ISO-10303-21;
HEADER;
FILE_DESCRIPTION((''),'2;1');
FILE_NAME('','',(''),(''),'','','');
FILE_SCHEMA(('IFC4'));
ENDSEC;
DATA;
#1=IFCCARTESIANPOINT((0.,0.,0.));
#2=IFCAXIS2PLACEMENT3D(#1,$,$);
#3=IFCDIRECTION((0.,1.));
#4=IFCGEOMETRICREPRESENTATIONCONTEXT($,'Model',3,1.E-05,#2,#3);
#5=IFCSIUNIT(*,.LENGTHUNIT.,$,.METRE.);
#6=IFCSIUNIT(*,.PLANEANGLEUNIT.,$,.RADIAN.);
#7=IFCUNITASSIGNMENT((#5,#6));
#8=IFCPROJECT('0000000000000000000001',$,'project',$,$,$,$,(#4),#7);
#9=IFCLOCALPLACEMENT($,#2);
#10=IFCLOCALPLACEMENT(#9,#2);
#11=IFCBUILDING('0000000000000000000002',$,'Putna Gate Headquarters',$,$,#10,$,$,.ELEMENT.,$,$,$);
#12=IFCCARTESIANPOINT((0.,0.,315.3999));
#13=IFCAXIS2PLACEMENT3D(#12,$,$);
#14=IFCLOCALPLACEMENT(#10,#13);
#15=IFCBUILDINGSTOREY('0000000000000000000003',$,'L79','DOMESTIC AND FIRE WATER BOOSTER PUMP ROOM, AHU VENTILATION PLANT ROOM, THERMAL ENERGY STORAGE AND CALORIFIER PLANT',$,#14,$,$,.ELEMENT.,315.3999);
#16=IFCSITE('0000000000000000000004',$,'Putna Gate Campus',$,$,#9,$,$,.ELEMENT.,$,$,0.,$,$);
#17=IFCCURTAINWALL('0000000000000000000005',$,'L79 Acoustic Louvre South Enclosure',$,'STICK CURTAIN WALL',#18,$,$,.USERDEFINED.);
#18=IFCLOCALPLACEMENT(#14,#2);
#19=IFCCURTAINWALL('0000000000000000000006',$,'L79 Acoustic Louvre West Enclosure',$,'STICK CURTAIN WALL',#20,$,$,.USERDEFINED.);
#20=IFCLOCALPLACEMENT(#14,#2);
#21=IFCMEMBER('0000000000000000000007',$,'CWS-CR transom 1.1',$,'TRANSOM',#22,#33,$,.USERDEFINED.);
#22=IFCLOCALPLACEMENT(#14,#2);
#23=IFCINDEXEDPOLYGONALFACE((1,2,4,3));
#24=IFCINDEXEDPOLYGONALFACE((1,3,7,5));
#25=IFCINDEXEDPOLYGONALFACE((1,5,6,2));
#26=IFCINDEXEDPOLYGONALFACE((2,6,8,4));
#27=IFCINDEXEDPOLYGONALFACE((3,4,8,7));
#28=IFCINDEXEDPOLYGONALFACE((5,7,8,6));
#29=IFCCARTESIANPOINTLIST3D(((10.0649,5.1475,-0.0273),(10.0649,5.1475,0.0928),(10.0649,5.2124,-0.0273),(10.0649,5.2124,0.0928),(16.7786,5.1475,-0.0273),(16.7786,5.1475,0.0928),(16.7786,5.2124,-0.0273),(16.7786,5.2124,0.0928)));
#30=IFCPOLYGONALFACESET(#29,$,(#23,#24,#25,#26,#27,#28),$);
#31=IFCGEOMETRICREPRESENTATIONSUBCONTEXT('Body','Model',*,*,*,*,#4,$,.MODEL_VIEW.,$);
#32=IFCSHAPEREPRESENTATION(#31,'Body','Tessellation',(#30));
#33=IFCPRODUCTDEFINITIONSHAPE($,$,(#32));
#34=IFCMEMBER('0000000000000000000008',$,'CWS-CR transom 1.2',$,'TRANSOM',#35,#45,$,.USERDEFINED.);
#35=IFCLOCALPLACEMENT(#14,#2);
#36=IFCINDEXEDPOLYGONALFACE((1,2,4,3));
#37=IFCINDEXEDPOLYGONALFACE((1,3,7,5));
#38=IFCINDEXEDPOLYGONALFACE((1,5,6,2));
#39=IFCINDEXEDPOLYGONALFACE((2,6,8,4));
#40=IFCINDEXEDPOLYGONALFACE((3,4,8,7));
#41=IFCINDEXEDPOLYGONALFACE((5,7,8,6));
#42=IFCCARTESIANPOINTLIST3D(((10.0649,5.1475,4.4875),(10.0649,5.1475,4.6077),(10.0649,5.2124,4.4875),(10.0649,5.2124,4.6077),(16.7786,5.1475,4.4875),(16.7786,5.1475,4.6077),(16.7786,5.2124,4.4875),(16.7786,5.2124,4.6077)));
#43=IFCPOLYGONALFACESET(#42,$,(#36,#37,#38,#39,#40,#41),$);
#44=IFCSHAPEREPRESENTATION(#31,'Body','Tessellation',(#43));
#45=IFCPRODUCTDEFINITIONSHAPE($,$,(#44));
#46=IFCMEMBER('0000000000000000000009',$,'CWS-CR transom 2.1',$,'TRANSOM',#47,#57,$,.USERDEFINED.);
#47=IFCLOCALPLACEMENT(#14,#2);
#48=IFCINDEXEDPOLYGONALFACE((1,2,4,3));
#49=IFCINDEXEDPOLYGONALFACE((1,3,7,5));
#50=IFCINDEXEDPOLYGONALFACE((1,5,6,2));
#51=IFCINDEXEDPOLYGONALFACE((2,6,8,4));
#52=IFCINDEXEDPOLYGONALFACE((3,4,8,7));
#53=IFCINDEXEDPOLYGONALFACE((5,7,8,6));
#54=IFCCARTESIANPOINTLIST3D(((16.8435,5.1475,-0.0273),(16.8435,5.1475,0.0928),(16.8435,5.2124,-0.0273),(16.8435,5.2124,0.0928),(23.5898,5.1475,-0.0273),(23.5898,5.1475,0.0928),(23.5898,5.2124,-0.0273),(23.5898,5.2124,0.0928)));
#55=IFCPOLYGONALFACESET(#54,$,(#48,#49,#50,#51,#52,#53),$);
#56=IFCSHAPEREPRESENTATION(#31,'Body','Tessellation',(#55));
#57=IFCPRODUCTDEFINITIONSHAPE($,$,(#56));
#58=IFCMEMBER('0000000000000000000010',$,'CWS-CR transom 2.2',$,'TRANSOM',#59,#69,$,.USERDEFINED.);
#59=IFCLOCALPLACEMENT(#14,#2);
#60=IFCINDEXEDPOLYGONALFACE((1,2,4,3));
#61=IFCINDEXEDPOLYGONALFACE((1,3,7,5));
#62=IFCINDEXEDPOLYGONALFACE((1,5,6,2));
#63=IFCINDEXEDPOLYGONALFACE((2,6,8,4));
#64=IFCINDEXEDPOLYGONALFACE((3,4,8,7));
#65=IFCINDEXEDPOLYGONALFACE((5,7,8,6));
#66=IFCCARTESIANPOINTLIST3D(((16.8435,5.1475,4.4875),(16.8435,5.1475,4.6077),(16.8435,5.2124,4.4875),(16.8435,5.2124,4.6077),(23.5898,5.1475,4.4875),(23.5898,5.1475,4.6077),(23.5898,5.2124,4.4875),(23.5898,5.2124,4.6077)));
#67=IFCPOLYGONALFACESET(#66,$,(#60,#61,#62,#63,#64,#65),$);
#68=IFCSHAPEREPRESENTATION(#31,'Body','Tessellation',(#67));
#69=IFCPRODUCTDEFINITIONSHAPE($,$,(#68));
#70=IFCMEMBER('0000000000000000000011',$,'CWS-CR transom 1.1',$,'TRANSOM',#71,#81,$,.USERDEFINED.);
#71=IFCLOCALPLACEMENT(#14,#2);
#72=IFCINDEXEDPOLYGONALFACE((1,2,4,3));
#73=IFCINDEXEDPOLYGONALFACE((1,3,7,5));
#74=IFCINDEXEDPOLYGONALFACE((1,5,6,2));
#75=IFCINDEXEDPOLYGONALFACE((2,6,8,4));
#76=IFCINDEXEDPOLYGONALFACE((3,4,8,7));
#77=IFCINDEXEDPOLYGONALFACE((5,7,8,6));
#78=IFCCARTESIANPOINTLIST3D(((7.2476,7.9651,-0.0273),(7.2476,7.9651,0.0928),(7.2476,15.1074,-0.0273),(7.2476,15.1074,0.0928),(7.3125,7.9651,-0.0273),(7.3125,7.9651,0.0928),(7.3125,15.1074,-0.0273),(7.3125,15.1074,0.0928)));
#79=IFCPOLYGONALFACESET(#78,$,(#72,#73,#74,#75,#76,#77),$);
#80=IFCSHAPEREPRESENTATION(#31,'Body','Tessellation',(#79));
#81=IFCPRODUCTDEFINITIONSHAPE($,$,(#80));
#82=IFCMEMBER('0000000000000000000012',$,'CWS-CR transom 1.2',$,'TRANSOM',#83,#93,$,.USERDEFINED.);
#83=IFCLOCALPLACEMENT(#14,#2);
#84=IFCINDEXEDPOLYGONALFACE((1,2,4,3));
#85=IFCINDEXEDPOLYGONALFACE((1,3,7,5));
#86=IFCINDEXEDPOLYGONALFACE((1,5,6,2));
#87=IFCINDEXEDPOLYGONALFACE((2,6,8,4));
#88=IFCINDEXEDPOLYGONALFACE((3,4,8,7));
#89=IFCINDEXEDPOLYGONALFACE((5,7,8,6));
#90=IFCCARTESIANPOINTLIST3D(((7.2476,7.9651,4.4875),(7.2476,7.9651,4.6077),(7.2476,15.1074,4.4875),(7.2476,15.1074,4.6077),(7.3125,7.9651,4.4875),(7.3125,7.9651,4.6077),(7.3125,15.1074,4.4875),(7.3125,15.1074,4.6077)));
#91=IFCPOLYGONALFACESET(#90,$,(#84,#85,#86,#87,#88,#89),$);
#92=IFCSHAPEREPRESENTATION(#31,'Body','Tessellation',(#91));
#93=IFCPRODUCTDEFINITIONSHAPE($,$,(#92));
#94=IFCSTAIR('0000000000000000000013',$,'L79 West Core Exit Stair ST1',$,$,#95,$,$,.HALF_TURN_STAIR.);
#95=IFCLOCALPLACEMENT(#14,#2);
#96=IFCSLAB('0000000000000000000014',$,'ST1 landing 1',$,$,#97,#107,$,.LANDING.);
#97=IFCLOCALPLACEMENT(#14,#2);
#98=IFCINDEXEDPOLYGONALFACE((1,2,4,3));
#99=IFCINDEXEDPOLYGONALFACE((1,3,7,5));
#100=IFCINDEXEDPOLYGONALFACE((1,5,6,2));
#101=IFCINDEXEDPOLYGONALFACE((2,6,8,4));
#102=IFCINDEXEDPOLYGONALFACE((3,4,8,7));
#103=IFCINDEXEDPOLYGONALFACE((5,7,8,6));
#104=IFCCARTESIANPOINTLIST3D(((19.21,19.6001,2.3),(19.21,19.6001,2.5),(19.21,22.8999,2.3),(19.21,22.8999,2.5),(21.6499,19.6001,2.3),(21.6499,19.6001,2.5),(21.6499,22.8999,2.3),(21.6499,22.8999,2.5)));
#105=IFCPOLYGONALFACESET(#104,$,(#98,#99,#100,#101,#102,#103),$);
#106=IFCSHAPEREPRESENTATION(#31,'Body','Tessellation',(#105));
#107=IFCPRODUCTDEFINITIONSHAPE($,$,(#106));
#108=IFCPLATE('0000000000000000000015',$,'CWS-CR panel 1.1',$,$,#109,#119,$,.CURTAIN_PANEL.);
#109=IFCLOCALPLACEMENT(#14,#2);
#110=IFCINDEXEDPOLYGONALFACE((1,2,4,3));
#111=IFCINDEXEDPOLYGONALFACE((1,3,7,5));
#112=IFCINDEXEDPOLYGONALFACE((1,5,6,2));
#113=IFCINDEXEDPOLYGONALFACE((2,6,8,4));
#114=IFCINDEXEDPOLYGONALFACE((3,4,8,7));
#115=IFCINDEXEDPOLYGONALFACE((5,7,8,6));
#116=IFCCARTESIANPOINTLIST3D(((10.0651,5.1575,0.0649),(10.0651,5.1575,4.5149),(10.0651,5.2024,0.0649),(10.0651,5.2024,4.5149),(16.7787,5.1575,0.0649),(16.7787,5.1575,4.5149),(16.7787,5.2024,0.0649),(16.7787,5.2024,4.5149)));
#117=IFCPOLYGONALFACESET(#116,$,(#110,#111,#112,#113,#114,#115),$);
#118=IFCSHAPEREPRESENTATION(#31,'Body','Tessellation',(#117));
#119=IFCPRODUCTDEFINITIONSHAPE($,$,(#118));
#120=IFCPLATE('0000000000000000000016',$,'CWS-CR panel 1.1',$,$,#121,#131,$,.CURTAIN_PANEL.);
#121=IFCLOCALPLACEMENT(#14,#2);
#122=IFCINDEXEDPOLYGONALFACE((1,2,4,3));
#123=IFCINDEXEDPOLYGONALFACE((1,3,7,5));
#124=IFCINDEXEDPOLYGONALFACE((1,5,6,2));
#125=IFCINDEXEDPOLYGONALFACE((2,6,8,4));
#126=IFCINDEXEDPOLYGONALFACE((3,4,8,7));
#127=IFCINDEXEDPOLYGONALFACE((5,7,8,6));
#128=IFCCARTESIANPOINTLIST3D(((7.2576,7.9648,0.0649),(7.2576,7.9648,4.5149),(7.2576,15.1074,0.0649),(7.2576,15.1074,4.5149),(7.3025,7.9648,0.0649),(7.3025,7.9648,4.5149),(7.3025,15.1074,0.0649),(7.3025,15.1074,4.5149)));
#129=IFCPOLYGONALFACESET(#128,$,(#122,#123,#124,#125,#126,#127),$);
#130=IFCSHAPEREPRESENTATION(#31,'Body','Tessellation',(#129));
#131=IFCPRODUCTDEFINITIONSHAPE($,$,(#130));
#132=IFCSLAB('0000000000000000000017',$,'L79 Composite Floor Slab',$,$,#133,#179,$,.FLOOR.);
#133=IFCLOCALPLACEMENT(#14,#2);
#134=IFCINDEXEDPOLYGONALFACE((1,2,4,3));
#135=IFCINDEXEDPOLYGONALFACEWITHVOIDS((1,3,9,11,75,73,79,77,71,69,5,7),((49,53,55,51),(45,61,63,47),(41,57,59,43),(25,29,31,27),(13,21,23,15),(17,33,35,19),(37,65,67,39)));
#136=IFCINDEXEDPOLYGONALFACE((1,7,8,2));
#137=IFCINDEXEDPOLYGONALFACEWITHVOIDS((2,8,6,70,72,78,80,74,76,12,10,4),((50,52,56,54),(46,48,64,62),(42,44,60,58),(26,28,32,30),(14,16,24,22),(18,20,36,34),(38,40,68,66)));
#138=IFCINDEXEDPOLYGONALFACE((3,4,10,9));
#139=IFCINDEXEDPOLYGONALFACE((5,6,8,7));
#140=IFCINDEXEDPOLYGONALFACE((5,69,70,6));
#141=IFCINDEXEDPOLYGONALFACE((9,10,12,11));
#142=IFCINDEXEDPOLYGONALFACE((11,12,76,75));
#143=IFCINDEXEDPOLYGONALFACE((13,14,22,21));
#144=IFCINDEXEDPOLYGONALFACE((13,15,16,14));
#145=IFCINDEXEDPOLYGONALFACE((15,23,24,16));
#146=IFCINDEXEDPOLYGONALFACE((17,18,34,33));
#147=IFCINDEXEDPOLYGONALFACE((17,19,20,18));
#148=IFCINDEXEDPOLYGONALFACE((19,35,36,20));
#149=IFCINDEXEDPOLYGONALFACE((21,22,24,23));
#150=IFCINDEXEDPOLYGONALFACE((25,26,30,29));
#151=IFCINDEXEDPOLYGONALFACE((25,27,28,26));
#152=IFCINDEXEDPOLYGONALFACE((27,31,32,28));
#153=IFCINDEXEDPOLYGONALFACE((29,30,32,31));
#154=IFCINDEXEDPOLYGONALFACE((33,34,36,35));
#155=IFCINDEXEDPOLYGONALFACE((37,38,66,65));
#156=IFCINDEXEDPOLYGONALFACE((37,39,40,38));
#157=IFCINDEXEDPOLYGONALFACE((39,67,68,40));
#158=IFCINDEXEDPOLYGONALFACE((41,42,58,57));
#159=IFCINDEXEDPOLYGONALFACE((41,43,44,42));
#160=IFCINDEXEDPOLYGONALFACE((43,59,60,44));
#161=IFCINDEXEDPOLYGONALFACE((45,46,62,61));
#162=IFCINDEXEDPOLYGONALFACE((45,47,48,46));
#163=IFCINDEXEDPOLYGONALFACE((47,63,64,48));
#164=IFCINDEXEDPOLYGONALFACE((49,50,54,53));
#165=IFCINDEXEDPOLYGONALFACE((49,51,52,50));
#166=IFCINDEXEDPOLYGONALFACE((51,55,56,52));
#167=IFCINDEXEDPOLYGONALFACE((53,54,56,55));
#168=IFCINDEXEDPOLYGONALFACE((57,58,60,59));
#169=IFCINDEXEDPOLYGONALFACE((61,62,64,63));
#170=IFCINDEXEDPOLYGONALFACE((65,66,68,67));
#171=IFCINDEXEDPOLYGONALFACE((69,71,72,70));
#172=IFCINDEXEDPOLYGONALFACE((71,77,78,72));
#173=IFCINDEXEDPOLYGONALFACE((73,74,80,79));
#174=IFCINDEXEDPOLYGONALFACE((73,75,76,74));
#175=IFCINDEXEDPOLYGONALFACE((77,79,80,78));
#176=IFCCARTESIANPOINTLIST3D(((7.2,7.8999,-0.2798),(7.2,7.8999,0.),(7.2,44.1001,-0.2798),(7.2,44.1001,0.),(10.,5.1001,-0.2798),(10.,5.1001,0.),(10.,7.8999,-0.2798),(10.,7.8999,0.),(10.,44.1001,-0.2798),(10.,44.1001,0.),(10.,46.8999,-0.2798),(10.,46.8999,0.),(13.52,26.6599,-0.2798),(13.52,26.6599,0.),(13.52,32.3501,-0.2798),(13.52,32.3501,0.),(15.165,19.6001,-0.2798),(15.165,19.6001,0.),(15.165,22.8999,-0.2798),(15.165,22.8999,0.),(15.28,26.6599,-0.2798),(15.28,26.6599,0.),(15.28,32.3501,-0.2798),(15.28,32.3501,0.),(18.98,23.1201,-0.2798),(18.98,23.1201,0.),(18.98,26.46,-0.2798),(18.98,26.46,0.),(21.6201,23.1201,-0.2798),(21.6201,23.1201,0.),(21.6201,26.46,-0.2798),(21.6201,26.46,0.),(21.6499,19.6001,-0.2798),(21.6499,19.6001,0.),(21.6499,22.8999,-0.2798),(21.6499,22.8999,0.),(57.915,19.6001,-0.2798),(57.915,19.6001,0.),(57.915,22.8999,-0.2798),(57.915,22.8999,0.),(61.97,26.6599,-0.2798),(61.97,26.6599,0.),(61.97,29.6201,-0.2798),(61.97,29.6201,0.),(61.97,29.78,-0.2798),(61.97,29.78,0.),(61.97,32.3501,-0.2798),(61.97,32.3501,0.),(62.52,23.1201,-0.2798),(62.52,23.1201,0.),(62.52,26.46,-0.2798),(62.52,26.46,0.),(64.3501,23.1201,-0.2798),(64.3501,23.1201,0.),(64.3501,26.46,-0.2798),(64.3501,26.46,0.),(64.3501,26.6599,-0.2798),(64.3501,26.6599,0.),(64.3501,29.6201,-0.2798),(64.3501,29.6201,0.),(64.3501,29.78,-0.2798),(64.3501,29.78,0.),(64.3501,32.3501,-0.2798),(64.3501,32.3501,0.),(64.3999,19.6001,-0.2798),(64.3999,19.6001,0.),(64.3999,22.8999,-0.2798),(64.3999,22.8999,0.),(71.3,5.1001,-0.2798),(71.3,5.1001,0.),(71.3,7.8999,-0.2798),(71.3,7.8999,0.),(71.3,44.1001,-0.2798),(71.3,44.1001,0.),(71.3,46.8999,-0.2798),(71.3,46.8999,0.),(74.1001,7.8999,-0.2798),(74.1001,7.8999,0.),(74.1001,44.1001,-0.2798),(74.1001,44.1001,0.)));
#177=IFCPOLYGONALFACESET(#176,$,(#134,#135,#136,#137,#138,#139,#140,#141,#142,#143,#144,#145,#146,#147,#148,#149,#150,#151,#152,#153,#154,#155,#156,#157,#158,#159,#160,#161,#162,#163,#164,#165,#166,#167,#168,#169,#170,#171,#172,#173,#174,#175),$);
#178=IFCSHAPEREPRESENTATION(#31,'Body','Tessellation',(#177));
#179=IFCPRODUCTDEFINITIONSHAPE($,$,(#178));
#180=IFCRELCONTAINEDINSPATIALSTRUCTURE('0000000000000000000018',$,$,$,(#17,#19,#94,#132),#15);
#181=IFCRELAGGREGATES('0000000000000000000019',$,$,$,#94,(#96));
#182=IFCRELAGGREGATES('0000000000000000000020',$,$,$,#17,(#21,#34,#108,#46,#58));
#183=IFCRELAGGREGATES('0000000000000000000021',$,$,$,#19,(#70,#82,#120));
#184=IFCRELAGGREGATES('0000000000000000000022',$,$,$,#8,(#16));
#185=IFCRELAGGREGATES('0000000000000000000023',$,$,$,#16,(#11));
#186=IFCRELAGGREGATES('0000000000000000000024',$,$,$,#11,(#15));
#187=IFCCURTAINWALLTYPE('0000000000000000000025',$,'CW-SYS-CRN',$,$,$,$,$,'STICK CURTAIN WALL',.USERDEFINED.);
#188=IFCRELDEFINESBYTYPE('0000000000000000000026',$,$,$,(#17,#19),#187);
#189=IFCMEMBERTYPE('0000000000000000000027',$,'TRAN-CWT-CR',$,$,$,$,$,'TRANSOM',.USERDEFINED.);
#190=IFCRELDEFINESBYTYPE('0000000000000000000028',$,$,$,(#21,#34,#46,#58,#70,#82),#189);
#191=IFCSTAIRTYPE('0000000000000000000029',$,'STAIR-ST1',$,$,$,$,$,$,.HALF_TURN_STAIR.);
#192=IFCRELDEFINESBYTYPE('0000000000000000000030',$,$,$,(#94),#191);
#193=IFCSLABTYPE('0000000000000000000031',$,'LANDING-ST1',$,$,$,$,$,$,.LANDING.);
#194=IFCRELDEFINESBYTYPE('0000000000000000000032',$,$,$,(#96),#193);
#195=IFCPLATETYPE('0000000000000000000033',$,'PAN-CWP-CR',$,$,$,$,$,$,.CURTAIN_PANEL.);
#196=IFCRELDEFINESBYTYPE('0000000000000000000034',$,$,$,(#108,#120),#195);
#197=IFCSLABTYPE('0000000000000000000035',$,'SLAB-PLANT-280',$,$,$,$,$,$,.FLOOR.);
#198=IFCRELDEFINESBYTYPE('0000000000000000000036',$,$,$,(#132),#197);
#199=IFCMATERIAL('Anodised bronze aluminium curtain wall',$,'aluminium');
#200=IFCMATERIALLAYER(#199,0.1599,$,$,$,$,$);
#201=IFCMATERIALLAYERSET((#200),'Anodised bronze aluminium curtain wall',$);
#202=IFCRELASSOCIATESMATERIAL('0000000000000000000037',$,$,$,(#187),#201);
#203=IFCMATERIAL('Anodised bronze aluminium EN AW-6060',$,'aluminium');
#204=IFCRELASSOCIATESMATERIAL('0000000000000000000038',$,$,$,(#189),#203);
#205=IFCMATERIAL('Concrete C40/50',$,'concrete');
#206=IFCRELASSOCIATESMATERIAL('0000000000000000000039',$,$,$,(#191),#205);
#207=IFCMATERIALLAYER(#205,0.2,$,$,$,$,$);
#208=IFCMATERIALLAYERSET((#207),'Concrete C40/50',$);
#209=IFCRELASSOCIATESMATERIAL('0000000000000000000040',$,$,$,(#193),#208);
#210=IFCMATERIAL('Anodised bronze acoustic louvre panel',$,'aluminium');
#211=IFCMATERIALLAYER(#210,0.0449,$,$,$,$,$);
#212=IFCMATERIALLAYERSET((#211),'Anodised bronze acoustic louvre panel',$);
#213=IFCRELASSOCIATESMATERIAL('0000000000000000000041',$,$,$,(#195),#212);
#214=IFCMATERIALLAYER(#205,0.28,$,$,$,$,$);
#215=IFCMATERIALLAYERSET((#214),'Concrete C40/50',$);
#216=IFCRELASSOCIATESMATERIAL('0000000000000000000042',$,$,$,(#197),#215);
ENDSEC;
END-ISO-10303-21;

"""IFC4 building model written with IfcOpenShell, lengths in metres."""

from ifc_helpers import new_model, si_unit, direction, frame, origin, origin_2d, place, context, subcontext, project, spatial, polyline, rectangle, outline, extrude, material, layer, layer_set, material_profile, profile_set, type_object, element, aggregate, save


model = new_model("IFC4")

# Units and contexts
model_context = context("Model", 3, precision=1e-05, world=origin(), true_north=direction((0.0, 1.0)))
body_context = subcontext(model_context, "Body", "Model", "MODEL_VIEW")
ifc_project = project(units=[si_unit("LENGTHUNIT", "METRE"), si_unit("PLANEANGLEUNIT", "RADIAN")], contexts=[model_context])

# Site, building, storey
site_placement = place(None, origin())
site = spatial("IfcSite", under=ifc_project, at=site_placement, Name="Putna Gate Campus", CompositionType="ELEMENT", RefElevation=0.0)
building_placement = place(site_placement, origin())
building = spatial("IfcBuilding", under=site, at=building_placement, Name="Putna Gate Headquarters", CompositionType="ELEMENT")
storey_placement = place(building_placement, frame((0.0, 0.0, 315.3999)))
storey = spatial("IfcBuildingStorey", under=building, at=storey_placement, Name="L79", Description="DOMESTIC AND FIRE WATER BOOSTER PUMP ROOM, AHU VENTILATION PLANT ROOM, THERMAL ENERGY STORAGE AND CALORIFIER PLANT", CompositionType="ELEMENT", Elevation=315.3999)

# Curtain wall
ifc_material_1 = material(Name="Anodised bronze aluminium curtain wall", Category="aluminium")
ifc_layer_1 = layer(ifc_material_1, 0.1599)
ifc_layer_set_1 = layer_set([ifc_layer_1], Name="Anodised bronze aluminium curtain wall")
curtain_wall_type = type_object("IfcCurtainWallType", Name="CW-SYS-CRN", ElementType="STICK CURTAIN WALL", PredefinedType="USERDEFINED", material=ifc_layer_set_1)
curtain_wall_1_placement = place(storey_placement, origin())
curtain_wall_1 = element("IfcCurtainWall", 1, at=curtain_wall_1_placement, inside=storey, type_object=curtain_wall_type, Name="L79 Acoustic Louvre South Enclosure", ObjectType="STICK CURTAIN WALL", PredefinedType="USERDEFINED")
ifc_material_2 = material(Name="Anodised bronze aluminium EN AW-6060", Category="aluminium")

# Curtain wall
curtain_wall_2_placement = place(storey_placement, origin())
curtain_wall_2 = element("IfcCurtainWall", 2, at=curtain_wall_2_placement, inside=storey, type_object=curtain_wall_type, Name="L79 Acoustic Louvre West Enclosure", ObjectType="STICK CURTAIN WALL", PredefinedType="USERDEFINED")

# Members
ifc_material_profile_1 = material_profile(ifc_material_2, rectangle(XDim=0.0649, YDim=0.1201, at=origin_2d()), Name="Anodised bronze aluminium EN AW-6060")
ifc_profile_set_1 = profile_set([ifc_material_profile_1], Name="Anodised bronze aluminium EN AW-6060")
member_type_1 = type_object("IfcMemberType", Name="TRAN-CWT-CR", ElementType="TRANSOM", PredefinedType="USERDEFINED", material=ifc_profile_set_1)
member_1_placement = place(storey_placement, frame((10.0649, 5.1799, 0.0327), z_axis=(1.0, 0.0, 0.0), x_axis=(0.0, 1.0, 0.0)))
member_1 = element("IfcMember", 3, at=member_1_placement, type_object=member_type_1, Name="CWS-CR transom 1.1", ObjectType="TRANSOM", PredefinedType="USERDEFINED", context=body_context, shape_type="SweptSolid", body=[
    extrude(rectangle(XDim=0.0649, YDim=0.1201, at=origin_2d()), origin(), (0.0, 0.0, 1.0), 6.7136),
])
member_2_placement = place(storey_placement, frame((10.0649, 5.1799, 4.5476), z_axis=(1.0, 0.0, 0.0), x_axis=(0.0, 1.0, 0.0)))
member_2 = element("IfcMember", 4, at=member_2_placement, type_object=member_type_1, Name="CWS-CR transom 1.2", ObjectType="TRANSOM", PredefinedType="USERDEFINED", context=body_context, shape_type="SweptSolid", body=[
    extrude(rectangle(XDim=0.0649, YDim=0.1201, at=origin_2d()), origin(), (0.0, 0.0, 1.0), 6.7136),
])
member_3_placement = place(storey_placement, frame((16.8435, 5.1799, 0.0327), z_axis=(1.0, 0.0, 0.0), x_axis=(0.0, 1.0, 0.0)))
member_3 = element("IfcMember", 5, at=member_3_placement, type_object=member_type_1, Name="CWS-CR transom 2.1", ObjectType="TRANSOM", PredefinedType="USERDEFINED", context=body_context, shape_type="SweptSolid", body=[
    extrude(rectangle(XDim=0.0649, YDim=0.1201, at=origin_2d()), origin(), (0.0, 0.0, 1.0), 6.7463),
])
member_4_placement = place(storey_placement, frame((16.8435, 5.1799, 4.5476), z_axis=(1.0, 0.0, 0.0), x_axis=(0.0, 1.0, 0.0)))
member_4 = element("IfcMember", 6, at=member_4_placement, type_object=member_type_1, Name="CWS-CR transom 2.2", ObjectType="TRANSOM", PredefinedType="USERDEFINED", context=body_context, shape_type="SweptSolid", body=[
    extrude(rectangle(XDim=0.0649, YDim=0.1201, at=origin_2d()), origin(), (0.0, 0.0, 1.0), 6.7463),
])
member_5_placement = place(storey_placement, frame((7.28, 7.9651, 0.0327), z_axis=(0.0, 1.0, 0.0), x_axis=(-1.0, 0.0, 0.0)))
member_5 = element("IfcMember", 7, at=member_5_placement, type_object=member_type_1, Name="CWS-CR transom 1.1", ObjectType="TRANSOM", PredefinedType="USERDEFINED", context=body_context, shape_type="SweptSolid", body=[
    extrude(rectangle(XDim=0.0649, YDim=0.1201, at=origin_2d()), origin(), (0.0, 0.0, 1.0), 7.1423),
])
member_6_placement = place(storey_placement, frame((7.28, 7.9651, 4.5476), z_axis=(0.0, 1.0, 0.0), x_axis=(-1.0, 0.0, 0.0)))
member_6 = element("IfcMember", 8, at=member_6_placement, type_object=member_type_1, Name="CWS-CR transom 1.2", ObjectType="TRANSOM", PredefinedType="USERDEFINED", context=body_context, shape_type="SweptSolid", body=[
    extrude(rectangle(XDim=0.0649, YDim=0.1201, at=origin_2d()), origin(), (0.0, 0.0, 1.0), 7.1423),
])

# Stair, slab
ifc_material_3 = material(Name="Concrete C40/50", Category="concrete")
stair_type = type_object("IfcStairType", Name="STAIR-ST1", PredefinedType="HALF_TURN_STAIR", material=ifc_material_3)
stair_placement = place(storey_placement, origin())
stair = element("IfcStair", 9, at=stair_placement, inside=storey, type_object=stair_type, Name="L79 West Core Exit Stair ST1", PredefinedType="HALF_TURN_STAIR")
ifc_layer_2 = layer(ifc_material_3, 0.2)
ifc_layer_set_2 = layer_set([ifc_layer_2], Name="Concrete C40/50")
slab_type_1 = type_object("IfcSlabType", Name="LANDING-ST1", PredefinedType="LANDING", material=ifc_layer_set_2)
slab_1_placement = place(storey_placement, frame((0.0, 0.0, 2.3)))
slab_1 = element("IfcSlab", 10, at=slab_1_placement, type_object=slab_type_1, Name="ST1 landing 1", PredefinedType="LANDING", context=body_context, shape_type="SweptSolid", body=[
    extrude(outline(polyline([(19.21, 19.6001), (21.6499, 19.6001), (21.6499, 22.8999), (19.21, 22.8999), (19.21, 19.6001)])), origin(), (0.0, 0.0, 1.0), 0.2),
])
aggregate(stair, [slab_1])

# Plates
ifc_material_4 = material(Name="Anodised bronze acoustic louvre panel", Category="aluminium")
ifc_layer_3 = layer(ifc_material_4, 0.0449)
ifc_layer_set_3 = layer_set([ifc_layer_3], Name="Anodised bronze acoustic louvre panel")
plate_type = type_object("IfcPlateType", Name="PAN-CWP-CR", PredefinedType="CURTAIN_PANEL", material=ifc_layer_set_3)
plate_1_placement = place(storey_placement, frame((13.4219, 5.1799, 0.0649), z_axis=(0.0, 0.0, 1.0), x_axis=(1.0, 0.0, 0.0)))
plate_1 = element("IfcPlate", 11, at=plate_1_placement, type_object=plate_type, Name="CWS-CR panel 1.1", PredefinedType="CURTAIN_PANEL", context=body_context, shape_type="SweptSolid", body=[
    extrude(rectangle(XDim=6.7136, YDim=0.0449, at=origin_2d()), origin(), (0.0, 0.0, 1.0), 4.45),
])
aggregate(curtain_wall_1, [member_1, member_2, plate_1, member_3, member_4])
plate_2_placement = place(storey_placement, frame((7.28, 11.5361, 0.0649), z_axis=(0.0, 0.0, 1.0), x_axis=(0.0, 1.0, 0.0)))
plate_2 = element("IfcPlate", 12, at=plate_2_placement, type_object=plate_type, Name="CWS-CR panel 1.1", PredefinedType="CURTAIN_PANEL", context=body_context, shape_type="SweptSolid", body=[
    extrude(rectangle(XDim=7.1426, YDim=0.0449, at=origin_2d()), origin(), (0.0, 0.0, 1.0), 4.45),
])
aggregate(curtain_wall_2, [member_5, member_6, plate_2])

# Slab
ifc_layer_4 = layer(ifc_material_3, 0.28)
ifc_layer_set_4 = layer_set([ifc_layer_4], Name="Concrete C40/50")
slab_type_2 = type_object("IfcSlabType", Name="SLAB-PLANT-280", PredefinedType="FLOOR", material=ifc_layer_set_4)
slab_2_placement = place(storey_placement, frame((0.0, 0.0, -0.2798)))
element("IfcSlab", 13, at=slab_2_placement, inside=storey, type_object=slab_type_2, Name="L79 Composite Floor Slab", PredefinedType="FLOOR", context=body_context, shape_type="SweptSolid", body=[
    extrude(outline(polyline([(10.0, 5.1001), (71.3, 5.1001), (71.3, 7.8999), (74.1001, 7.8999), (74.1001, 44.1001), (71.3, 44.1001), (71.3, 46.8999), (10.0, 46.8999), (10.0, 44.1001), (7.2, 44.1001), (7.2, 7.8999), (10.0, 7.8999), (10.0, 5.1001)]), holes=[polyline([(15.165, 19.6001), (21.6499, 19.6001), (21.6499, 22.8999), (15.165, 22.8999), (15.165, 19.6001)]), polyline([(57.915, 19.6001), (64.3999, 19.6001), (64.3999, 22.8999), (57.915, 22.8999), (57.915, 19.6001)]), polyline([(13.52, 26.6599), (15.28, 26.6599), (15.28, 32.3501), (13.52, 32.3501), (13.52, 26.6599)]), polyline([(61.97, 29.78), (64.3501, 29.78), (64.3501, 32.3501), (61.97, 32.3501), (61.97, 29.78)]), polyline([(18.98, 23.1201), (21.6201, 23.1201), (21.6201, 26.46), (18.98, 26.46), (18.98, 23.1201)]), polyline([(62.52, 23.1201), (64.3501, 23.1201), (64.3501, 26.46), (62.52, 26.46), (62.52, 23.1201)]), polyline([(61.97, 26.6599), (64.3501, 26.6599), (64.3501, 29.6201), (61.97, 29.6201), (61.97, 26.6599)])]), origin(), (0.0, 0.0, 1.0), 0.2798),
])

save(model, "model.ifc")
